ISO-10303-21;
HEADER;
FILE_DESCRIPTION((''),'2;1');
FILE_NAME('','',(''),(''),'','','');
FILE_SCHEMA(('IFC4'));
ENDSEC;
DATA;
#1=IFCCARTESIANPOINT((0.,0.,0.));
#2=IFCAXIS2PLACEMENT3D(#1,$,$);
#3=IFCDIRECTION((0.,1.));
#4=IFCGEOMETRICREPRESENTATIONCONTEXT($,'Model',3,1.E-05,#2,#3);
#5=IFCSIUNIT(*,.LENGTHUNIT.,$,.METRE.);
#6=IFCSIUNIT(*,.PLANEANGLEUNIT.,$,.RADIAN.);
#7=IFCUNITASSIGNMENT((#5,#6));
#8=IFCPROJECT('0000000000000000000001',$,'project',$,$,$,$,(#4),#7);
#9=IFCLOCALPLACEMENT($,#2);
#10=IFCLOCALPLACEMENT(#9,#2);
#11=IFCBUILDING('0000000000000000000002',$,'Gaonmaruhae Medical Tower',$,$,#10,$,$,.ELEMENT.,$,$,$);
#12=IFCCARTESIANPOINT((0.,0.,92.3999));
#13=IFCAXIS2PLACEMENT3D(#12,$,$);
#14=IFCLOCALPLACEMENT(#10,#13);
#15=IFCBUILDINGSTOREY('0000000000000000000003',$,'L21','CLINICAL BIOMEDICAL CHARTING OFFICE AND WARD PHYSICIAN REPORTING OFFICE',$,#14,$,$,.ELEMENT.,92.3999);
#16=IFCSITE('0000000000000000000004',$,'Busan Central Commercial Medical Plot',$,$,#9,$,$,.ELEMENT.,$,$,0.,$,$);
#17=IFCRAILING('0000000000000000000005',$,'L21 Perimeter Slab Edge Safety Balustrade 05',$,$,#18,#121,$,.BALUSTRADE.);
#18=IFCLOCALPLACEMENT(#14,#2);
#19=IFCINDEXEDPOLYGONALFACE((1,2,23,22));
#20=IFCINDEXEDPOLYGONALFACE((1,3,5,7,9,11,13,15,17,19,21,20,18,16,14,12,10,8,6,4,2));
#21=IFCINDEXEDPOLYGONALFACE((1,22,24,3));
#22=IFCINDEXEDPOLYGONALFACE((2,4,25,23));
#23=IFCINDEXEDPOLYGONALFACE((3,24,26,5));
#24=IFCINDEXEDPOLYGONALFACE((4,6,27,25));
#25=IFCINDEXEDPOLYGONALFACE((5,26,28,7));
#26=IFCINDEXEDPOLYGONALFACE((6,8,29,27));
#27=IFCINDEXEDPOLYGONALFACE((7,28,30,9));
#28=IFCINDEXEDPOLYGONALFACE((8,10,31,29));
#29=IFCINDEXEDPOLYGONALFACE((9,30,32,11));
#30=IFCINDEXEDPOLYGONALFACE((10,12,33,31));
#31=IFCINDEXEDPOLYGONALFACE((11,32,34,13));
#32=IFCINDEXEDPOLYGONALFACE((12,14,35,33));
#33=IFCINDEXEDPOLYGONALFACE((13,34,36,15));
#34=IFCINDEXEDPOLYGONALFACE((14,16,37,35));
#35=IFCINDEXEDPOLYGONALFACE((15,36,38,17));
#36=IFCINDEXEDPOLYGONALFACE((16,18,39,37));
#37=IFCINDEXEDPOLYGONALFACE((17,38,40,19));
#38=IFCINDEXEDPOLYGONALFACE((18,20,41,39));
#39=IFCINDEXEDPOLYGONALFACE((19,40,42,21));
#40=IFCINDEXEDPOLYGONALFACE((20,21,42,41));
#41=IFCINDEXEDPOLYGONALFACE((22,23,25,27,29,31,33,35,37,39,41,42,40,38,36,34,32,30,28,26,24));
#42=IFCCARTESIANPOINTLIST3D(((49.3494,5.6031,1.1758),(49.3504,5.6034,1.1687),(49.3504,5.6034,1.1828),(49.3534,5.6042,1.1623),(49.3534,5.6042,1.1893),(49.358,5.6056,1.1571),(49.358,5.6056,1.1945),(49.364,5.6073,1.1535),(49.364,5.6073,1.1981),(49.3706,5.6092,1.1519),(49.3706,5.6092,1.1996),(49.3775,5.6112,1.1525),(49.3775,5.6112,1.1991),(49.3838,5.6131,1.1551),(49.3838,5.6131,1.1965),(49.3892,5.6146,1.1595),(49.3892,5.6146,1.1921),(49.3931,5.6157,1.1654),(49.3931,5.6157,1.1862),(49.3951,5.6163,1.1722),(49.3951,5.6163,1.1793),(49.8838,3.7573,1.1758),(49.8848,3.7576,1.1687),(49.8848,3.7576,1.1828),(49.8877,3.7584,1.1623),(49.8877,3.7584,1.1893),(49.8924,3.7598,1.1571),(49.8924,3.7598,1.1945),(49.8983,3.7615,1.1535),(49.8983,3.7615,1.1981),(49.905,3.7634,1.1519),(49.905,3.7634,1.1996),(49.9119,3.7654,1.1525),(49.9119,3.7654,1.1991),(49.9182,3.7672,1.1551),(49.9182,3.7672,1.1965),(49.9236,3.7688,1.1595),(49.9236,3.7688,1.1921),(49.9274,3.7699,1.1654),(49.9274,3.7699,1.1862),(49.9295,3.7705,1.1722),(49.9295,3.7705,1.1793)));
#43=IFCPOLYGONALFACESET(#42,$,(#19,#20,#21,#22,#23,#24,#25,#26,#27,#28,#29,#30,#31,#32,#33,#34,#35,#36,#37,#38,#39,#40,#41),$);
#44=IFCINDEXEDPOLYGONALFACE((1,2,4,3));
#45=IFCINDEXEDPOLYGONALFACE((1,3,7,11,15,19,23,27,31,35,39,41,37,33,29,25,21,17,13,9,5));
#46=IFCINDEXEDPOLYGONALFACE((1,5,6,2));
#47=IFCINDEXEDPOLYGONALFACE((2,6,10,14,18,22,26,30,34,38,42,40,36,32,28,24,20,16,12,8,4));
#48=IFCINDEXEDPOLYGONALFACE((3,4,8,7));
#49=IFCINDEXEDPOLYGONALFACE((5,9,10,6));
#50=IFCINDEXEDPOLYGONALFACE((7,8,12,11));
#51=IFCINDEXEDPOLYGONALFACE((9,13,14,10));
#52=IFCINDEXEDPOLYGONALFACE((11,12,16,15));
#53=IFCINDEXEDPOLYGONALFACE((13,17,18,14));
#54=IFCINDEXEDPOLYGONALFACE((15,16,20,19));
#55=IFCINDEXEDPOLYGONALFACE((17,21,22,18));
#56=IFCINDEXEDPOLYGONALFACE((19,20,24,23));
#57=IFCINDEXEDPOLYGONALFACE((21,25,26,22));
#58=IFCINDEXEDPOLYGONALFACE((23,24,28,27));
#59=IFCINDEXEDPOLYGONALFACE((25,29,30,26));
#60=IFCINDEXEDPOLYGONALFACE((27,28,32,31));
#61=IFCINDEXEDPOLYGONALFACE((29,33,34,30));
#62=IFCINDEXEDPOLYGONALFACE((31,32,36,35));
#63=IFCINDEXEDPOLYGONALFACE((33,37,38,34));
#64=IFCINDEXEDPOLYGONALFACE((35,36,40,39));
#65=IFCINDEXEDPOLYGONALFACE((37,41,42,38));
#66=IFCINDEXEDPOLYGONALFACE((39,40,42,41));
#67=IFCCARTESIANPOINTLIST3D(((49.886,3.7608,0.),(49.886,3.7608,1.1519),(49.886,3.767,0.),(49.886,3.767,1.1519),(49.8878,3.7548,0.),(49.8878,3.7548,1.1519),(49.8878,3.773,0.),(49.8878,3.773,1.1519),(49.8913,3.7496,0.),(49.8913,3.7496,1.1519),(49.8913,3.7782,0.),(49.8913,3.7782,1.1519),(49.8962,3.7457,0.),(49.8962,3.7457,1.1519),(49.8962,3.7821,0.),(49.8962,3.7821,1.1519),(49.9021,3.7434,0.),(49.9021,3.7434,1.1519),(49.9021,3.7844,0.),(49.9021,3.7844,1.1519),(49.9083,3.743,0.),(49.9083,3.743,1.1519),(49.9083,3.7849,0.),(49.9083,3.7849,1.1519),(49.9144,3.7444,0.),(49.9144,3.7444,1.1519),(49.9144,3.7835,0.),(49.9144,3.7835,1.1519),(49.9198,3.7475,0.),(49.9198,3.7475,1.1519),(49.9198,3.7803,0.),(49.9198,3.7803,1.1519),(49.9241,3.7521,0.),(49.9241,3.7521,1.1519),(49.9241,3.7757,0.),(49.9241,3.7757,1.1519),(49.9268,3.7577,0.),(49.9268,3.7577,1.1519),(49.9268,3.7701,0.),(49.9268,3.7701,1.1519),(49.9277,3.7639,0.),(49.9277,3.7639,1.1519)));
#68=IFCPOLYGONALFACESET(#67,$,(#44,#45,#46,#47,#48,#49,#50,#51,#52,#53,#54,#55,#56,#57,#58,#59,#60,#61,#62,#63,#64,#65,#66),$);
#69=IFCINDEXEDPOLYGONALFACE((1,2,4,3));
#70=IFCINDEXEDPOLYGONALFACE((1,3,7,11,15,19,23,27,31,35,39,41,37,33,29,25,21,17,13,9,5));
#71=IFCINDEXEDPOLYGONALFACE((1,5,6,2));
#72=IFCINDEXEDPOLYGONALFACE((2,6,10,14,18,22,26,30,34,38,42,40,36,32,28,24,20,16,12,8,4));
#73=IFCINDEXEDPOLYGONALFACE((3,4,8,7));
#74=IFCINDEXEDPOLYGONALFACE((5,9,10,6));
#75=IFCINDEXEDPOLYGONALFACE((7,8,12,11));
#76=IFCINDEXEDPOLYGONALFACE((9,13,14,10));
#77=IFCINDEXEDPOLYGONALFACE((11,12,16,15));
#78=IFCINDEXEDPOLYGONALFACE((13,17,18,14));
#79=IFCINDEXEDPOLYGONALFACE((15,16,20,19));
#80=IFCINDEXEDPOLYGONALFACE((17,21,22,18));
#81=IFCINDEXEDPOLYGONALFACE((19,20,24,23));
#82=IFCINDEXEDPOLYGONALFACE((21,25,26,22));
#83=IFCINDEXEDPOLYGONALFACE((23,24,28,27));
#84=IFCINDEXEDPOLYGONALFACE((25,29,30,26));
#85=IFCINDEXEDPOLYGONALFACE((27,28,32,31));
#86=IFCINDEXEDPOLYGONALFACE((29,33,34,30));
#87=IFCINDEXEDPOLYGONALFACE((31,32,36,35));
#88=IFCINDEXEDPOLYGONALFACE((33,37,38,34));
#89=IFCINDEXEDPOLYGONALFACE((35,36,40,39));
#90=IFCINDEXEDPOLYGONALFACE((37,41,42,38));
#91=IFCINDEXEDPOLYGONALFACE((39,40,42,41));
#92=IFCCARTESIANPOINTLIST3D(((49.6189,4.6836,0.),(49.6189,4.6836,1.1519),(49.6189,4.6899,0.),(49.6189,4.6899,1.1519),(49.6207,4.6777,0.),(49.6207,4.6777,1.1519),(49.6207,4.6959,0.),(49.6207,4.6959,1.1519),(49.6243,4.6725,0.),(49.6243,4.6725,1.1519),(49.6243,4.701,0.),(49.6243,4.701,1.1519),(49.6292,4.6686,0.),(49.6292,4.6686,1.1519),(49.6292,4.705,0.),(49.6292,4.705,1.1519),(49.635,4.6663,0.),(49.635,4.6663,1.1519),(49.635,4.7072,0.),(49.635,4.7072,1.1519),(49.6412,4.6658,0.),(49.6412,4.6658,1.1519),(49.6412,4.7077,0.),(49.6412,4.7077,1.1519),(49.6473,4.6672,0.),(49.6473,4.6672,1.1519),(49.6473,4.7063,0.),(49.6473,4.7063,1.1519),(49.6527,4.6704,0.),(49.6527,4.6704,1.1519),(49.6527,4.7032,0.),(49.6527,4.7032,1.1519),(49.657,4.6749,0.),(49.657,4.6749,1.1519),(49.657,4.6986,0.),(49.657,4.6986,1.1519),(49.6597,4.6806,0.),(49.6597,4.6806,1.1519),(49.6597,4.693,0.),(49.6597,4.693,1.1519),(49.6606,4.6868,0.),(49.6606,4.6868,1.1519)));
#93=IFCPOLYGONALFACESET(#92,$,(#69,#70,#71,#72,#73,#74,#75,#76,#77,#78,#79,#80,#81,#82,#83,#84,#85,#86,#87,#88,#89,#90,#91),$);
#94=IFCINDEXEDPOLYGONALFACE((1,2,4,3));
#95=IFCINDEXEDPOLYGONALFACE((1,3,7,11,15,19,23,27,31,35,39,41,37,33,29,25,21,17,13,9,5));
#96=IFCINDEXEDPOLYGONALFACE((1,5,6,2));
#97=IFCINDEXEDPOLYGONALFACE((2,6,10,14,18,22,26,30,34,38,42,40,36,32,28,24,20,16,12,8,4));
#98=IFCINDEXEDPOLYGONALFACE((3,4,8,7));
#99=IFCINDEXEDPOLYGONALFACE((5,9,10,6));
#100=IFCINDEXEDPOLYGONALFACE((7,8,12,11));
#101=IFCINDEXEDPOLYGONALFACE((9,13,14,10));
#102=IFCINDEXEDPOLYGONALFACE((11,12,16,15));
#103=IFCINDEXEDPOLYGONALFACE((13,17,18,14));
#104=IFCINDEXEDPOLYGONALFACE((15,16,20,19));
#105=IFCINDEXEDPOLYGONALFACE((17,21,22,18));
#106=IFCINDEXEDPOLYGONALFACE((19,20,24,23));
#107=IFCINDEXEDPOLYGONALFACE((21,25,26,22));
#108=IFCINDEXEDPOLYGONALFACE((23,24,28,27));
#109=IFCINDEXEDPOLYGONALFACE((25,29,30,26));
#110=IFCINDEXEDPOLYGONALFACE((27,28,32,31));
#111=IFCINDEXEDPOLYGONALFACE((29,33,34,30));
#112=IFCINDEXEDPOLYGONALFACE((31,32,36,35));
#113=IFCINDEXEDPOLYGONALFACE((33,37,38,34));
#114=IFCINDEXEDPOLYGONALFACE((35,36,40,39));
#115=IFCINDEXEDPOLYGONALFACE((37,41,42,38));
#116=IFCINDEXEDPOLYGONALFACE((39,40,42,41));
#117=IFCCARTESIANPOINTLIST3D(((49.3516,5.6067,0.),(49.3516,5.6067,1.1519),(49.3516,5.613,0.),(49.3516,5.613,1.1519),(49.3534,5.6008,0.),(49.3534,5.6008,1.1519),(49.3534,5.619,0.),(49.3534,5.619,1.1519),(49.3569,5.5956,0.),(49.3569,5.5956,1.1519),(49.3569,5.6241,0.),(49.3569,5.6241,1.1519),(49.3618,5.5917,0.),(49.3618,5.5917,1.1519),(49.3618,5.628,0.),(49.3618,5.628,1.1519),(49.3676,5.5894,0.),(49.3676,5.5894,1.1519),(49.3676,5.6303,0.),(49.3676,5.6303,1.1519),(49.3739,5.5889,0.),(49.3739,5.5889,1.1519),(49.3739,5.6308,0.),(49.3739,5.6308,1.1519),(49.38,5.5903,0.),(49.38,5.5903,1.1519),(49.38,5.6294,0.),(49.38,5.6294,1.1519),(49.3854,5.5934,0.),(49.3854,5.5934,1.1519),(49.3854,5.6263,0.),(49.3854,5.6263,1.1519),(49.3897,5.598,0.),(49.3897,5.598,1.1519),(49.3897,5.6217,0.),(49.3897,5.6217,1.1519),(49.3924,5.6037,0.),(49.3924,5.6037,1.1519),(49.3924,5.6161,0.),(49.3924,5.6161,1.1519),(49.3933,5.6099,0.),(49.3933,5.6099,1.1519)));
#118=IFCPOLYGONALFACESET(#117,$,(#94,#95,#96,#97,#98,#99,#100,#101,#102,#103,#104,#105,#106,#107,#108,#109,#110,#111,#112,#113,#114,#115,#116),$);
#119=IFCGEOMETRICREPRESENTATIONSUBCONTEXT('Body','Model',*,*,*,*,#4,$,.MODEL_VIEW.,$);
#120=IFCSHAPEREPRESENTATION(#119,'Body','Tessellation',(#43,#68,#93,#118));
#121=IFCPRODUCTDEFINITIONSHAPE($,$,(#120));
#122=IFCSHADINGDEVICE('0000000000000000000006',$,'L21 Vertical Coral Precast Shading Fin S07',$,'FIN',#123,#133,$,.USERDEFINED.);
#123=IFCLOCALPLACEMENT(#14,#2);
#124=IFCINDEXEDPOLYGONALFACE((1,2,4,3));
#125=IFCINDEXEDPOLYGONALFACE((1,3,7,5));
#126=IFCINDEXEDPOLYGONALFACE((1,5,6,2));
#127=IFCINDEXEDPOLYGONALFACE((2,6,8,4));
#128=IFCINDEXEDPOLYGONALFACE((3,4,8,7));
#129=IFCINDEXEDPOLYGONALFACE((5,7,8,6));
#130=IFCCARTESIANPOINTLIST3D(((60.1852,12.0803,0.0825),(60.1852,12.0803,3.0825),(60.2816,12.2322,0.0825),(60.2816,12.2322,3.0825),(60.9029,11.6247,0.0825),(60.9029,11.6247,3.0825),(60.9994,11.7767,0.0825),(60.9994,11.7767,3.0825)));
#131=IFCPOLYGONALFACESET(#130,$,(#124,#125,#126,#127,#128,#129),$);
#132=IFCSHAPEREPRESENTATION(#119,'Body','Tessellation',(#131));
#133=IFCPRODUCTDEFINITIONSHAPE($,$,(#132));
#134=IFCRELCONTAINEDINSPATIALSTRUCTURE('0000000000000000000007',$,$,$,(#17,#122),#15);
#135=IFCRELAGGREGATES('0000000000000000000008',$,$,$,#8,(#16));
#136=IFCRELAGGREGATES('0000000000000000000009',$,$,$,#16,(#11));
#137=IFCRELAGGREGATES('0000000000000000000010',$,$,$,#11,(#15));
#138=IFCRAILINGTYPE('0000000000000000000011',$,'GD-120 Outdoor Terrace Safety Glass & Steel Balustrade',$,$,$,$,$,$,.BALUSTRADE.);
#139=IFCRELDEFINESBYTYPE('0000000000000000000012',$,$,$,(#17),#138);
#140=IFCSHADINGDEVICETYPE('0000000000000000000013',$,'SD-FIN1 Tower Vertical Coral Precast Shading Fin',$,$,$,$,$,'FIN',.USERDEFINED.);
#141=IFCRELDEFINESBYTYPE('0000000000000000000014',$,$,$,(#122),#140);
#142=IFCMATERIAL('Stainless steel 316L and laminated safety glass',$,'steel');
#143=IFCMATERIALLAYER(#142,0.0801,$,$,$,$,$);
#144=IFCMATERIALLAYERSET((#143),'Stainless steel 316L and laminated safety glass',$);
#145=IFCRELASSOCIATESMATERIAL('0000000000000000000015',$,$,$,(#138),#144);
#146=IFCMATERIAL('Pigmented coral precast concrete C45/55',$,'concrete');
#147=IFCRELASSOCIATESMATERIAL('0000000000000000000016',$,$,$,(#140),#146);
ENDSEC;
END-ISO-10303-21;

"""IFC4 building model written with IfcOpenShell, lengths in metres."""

from ifc_helpers import new_model, si_unit, direction, frame, origin, origin_2d, place, context, subcontext, project, spatial, rectangle, circle, extrude, material, layer, layer_set, type_object, element, save


model = new_model("IFC4")

# Units and contexts
model_context = context("Model", 3, precision=1e-05, world=origin(), true_north=direction((0.0, 1.0)))
body_context = subcontext(model_context, "Body", "Model", "MODEL_VIEW")
ifc_project = project(units=[si_unit("LENGTHUNIT", "METRE"), si_unit("PLANEANGLEUNIT", "RADIAN")], contexts=[model_context])

# Site, building, storey
site_placement = place(None, origin())
site = spatial("IfcSite", under=ifc_project, at=site_placement, Name="Busan Central Commercial Medical Plot", CompositionType="ELEMENT", RefElevation=0.0)
building_placement = place(site_placement, origin())
building = spatial("IfcBuilding", under=site, at=building_placement, Name="Gaonmaruhae Medical Tower", CompositionType="ELEMENT")
storey_placement = place(building_placement, frame((0.0, 0.0, 92.3999)))
storey = spatial("IfcBuildingStorey", under=building, at=storey_placement, Name="L21", Description="CLINICAL BIOMEDICAL CHARTING OFFICE AND WARD PHYSICIAN REPORTING OFFICE", CompositionType="ELEMENT", Elevation=92.3999)

# Railing
ifc_material_1 = material(Name="Stainless steel 316L and laminated safety glass", Category="steel")
ifc_layer_1 = layer(ifc_material_1, 0.0801)
ifc_layer_set_1 = layer_set([ifc_layer_1], Name="Stainless steel 316L and laminated safety glass")
railing_type = type_object("IfcRailingType", Name="GD-120 Outdoor Terrace Safety Glass & Steel Balustrade", PredefinedType="BALUSTRADE", material=ifc_layer_set_1)
railing_1_placement = place(storey_placement, frame((49.9067, 3.7639, 0.0)))
element("IfcRailing", 1, at=railing_1_placement, inside=storey, type_object=railing_type, Name="L21 Perimeter Slab Edge Safety Balustrade 05", PredefinedType="BALUSTRADE", context=body_context, shape_type="SweptSolid", body=[
    extrude(circle(Radius=0.0239, at=origin_2d()), frame((0.0, 0.0, 1.1758), z_axis=(-0.278092, 0.960554, 0.0), x_axis=(-0.960554, -0.278092, 0.0)), (0.0, 0.0, 1.0), 1.9216),
    extrude(circle(Radius=0.021, at=origin_2d()), origin(), (0.0, 0.0, 1.0), 1.1519),
    extrude(circle(Radius=0.021, at=origin_2d()), frame((-0.2671, 0.9229, 0.0)), (0.0, 0.0, 1.0), 1.1519),
    extrude(circle(Radius=0.021, at=origin_2d()), frame((-0.5344, 1.8459, 0.0)), (0.0, 0.0, 1.0), 1.1519),
])

# Shading device
ifc_material_2 = material(Name="Pigmented coral precast concrete C45/55", Category="concrete")
shading_device_type = type_object("IfcShadingDeviceType", Name="SD-FIN1 Tower Vertical Coral Precast Shading Fin", ElementType="FIN", PredefinedType="USERDEFINED", material=ifc_material_2)
shading_device_placement = place(storey_placement, frame((60.5923, 11.9285, 0.0825), z_axis=(0.0, 0.0, 1.0), x_axis=(-0.535856, -0.844309, 0.0)))
element("IfcShadingDevice", 2, at=shading_device_placement, inside=storey, type_object=shading_device_type, Name="L21 Vertical Coral Precast Shading Fin S07", ObjectType="FIN", PredefinedType="USERDEFINED", context=body_context, shape_type="SweptSolid", body=[
    extrude(rectangle(XDim=0.1799, YDim=0.8501, at=origin_2d()), origin(), (0.0, 0.0, 1.0), 3.0),
])

save(model, "model.ifc")
